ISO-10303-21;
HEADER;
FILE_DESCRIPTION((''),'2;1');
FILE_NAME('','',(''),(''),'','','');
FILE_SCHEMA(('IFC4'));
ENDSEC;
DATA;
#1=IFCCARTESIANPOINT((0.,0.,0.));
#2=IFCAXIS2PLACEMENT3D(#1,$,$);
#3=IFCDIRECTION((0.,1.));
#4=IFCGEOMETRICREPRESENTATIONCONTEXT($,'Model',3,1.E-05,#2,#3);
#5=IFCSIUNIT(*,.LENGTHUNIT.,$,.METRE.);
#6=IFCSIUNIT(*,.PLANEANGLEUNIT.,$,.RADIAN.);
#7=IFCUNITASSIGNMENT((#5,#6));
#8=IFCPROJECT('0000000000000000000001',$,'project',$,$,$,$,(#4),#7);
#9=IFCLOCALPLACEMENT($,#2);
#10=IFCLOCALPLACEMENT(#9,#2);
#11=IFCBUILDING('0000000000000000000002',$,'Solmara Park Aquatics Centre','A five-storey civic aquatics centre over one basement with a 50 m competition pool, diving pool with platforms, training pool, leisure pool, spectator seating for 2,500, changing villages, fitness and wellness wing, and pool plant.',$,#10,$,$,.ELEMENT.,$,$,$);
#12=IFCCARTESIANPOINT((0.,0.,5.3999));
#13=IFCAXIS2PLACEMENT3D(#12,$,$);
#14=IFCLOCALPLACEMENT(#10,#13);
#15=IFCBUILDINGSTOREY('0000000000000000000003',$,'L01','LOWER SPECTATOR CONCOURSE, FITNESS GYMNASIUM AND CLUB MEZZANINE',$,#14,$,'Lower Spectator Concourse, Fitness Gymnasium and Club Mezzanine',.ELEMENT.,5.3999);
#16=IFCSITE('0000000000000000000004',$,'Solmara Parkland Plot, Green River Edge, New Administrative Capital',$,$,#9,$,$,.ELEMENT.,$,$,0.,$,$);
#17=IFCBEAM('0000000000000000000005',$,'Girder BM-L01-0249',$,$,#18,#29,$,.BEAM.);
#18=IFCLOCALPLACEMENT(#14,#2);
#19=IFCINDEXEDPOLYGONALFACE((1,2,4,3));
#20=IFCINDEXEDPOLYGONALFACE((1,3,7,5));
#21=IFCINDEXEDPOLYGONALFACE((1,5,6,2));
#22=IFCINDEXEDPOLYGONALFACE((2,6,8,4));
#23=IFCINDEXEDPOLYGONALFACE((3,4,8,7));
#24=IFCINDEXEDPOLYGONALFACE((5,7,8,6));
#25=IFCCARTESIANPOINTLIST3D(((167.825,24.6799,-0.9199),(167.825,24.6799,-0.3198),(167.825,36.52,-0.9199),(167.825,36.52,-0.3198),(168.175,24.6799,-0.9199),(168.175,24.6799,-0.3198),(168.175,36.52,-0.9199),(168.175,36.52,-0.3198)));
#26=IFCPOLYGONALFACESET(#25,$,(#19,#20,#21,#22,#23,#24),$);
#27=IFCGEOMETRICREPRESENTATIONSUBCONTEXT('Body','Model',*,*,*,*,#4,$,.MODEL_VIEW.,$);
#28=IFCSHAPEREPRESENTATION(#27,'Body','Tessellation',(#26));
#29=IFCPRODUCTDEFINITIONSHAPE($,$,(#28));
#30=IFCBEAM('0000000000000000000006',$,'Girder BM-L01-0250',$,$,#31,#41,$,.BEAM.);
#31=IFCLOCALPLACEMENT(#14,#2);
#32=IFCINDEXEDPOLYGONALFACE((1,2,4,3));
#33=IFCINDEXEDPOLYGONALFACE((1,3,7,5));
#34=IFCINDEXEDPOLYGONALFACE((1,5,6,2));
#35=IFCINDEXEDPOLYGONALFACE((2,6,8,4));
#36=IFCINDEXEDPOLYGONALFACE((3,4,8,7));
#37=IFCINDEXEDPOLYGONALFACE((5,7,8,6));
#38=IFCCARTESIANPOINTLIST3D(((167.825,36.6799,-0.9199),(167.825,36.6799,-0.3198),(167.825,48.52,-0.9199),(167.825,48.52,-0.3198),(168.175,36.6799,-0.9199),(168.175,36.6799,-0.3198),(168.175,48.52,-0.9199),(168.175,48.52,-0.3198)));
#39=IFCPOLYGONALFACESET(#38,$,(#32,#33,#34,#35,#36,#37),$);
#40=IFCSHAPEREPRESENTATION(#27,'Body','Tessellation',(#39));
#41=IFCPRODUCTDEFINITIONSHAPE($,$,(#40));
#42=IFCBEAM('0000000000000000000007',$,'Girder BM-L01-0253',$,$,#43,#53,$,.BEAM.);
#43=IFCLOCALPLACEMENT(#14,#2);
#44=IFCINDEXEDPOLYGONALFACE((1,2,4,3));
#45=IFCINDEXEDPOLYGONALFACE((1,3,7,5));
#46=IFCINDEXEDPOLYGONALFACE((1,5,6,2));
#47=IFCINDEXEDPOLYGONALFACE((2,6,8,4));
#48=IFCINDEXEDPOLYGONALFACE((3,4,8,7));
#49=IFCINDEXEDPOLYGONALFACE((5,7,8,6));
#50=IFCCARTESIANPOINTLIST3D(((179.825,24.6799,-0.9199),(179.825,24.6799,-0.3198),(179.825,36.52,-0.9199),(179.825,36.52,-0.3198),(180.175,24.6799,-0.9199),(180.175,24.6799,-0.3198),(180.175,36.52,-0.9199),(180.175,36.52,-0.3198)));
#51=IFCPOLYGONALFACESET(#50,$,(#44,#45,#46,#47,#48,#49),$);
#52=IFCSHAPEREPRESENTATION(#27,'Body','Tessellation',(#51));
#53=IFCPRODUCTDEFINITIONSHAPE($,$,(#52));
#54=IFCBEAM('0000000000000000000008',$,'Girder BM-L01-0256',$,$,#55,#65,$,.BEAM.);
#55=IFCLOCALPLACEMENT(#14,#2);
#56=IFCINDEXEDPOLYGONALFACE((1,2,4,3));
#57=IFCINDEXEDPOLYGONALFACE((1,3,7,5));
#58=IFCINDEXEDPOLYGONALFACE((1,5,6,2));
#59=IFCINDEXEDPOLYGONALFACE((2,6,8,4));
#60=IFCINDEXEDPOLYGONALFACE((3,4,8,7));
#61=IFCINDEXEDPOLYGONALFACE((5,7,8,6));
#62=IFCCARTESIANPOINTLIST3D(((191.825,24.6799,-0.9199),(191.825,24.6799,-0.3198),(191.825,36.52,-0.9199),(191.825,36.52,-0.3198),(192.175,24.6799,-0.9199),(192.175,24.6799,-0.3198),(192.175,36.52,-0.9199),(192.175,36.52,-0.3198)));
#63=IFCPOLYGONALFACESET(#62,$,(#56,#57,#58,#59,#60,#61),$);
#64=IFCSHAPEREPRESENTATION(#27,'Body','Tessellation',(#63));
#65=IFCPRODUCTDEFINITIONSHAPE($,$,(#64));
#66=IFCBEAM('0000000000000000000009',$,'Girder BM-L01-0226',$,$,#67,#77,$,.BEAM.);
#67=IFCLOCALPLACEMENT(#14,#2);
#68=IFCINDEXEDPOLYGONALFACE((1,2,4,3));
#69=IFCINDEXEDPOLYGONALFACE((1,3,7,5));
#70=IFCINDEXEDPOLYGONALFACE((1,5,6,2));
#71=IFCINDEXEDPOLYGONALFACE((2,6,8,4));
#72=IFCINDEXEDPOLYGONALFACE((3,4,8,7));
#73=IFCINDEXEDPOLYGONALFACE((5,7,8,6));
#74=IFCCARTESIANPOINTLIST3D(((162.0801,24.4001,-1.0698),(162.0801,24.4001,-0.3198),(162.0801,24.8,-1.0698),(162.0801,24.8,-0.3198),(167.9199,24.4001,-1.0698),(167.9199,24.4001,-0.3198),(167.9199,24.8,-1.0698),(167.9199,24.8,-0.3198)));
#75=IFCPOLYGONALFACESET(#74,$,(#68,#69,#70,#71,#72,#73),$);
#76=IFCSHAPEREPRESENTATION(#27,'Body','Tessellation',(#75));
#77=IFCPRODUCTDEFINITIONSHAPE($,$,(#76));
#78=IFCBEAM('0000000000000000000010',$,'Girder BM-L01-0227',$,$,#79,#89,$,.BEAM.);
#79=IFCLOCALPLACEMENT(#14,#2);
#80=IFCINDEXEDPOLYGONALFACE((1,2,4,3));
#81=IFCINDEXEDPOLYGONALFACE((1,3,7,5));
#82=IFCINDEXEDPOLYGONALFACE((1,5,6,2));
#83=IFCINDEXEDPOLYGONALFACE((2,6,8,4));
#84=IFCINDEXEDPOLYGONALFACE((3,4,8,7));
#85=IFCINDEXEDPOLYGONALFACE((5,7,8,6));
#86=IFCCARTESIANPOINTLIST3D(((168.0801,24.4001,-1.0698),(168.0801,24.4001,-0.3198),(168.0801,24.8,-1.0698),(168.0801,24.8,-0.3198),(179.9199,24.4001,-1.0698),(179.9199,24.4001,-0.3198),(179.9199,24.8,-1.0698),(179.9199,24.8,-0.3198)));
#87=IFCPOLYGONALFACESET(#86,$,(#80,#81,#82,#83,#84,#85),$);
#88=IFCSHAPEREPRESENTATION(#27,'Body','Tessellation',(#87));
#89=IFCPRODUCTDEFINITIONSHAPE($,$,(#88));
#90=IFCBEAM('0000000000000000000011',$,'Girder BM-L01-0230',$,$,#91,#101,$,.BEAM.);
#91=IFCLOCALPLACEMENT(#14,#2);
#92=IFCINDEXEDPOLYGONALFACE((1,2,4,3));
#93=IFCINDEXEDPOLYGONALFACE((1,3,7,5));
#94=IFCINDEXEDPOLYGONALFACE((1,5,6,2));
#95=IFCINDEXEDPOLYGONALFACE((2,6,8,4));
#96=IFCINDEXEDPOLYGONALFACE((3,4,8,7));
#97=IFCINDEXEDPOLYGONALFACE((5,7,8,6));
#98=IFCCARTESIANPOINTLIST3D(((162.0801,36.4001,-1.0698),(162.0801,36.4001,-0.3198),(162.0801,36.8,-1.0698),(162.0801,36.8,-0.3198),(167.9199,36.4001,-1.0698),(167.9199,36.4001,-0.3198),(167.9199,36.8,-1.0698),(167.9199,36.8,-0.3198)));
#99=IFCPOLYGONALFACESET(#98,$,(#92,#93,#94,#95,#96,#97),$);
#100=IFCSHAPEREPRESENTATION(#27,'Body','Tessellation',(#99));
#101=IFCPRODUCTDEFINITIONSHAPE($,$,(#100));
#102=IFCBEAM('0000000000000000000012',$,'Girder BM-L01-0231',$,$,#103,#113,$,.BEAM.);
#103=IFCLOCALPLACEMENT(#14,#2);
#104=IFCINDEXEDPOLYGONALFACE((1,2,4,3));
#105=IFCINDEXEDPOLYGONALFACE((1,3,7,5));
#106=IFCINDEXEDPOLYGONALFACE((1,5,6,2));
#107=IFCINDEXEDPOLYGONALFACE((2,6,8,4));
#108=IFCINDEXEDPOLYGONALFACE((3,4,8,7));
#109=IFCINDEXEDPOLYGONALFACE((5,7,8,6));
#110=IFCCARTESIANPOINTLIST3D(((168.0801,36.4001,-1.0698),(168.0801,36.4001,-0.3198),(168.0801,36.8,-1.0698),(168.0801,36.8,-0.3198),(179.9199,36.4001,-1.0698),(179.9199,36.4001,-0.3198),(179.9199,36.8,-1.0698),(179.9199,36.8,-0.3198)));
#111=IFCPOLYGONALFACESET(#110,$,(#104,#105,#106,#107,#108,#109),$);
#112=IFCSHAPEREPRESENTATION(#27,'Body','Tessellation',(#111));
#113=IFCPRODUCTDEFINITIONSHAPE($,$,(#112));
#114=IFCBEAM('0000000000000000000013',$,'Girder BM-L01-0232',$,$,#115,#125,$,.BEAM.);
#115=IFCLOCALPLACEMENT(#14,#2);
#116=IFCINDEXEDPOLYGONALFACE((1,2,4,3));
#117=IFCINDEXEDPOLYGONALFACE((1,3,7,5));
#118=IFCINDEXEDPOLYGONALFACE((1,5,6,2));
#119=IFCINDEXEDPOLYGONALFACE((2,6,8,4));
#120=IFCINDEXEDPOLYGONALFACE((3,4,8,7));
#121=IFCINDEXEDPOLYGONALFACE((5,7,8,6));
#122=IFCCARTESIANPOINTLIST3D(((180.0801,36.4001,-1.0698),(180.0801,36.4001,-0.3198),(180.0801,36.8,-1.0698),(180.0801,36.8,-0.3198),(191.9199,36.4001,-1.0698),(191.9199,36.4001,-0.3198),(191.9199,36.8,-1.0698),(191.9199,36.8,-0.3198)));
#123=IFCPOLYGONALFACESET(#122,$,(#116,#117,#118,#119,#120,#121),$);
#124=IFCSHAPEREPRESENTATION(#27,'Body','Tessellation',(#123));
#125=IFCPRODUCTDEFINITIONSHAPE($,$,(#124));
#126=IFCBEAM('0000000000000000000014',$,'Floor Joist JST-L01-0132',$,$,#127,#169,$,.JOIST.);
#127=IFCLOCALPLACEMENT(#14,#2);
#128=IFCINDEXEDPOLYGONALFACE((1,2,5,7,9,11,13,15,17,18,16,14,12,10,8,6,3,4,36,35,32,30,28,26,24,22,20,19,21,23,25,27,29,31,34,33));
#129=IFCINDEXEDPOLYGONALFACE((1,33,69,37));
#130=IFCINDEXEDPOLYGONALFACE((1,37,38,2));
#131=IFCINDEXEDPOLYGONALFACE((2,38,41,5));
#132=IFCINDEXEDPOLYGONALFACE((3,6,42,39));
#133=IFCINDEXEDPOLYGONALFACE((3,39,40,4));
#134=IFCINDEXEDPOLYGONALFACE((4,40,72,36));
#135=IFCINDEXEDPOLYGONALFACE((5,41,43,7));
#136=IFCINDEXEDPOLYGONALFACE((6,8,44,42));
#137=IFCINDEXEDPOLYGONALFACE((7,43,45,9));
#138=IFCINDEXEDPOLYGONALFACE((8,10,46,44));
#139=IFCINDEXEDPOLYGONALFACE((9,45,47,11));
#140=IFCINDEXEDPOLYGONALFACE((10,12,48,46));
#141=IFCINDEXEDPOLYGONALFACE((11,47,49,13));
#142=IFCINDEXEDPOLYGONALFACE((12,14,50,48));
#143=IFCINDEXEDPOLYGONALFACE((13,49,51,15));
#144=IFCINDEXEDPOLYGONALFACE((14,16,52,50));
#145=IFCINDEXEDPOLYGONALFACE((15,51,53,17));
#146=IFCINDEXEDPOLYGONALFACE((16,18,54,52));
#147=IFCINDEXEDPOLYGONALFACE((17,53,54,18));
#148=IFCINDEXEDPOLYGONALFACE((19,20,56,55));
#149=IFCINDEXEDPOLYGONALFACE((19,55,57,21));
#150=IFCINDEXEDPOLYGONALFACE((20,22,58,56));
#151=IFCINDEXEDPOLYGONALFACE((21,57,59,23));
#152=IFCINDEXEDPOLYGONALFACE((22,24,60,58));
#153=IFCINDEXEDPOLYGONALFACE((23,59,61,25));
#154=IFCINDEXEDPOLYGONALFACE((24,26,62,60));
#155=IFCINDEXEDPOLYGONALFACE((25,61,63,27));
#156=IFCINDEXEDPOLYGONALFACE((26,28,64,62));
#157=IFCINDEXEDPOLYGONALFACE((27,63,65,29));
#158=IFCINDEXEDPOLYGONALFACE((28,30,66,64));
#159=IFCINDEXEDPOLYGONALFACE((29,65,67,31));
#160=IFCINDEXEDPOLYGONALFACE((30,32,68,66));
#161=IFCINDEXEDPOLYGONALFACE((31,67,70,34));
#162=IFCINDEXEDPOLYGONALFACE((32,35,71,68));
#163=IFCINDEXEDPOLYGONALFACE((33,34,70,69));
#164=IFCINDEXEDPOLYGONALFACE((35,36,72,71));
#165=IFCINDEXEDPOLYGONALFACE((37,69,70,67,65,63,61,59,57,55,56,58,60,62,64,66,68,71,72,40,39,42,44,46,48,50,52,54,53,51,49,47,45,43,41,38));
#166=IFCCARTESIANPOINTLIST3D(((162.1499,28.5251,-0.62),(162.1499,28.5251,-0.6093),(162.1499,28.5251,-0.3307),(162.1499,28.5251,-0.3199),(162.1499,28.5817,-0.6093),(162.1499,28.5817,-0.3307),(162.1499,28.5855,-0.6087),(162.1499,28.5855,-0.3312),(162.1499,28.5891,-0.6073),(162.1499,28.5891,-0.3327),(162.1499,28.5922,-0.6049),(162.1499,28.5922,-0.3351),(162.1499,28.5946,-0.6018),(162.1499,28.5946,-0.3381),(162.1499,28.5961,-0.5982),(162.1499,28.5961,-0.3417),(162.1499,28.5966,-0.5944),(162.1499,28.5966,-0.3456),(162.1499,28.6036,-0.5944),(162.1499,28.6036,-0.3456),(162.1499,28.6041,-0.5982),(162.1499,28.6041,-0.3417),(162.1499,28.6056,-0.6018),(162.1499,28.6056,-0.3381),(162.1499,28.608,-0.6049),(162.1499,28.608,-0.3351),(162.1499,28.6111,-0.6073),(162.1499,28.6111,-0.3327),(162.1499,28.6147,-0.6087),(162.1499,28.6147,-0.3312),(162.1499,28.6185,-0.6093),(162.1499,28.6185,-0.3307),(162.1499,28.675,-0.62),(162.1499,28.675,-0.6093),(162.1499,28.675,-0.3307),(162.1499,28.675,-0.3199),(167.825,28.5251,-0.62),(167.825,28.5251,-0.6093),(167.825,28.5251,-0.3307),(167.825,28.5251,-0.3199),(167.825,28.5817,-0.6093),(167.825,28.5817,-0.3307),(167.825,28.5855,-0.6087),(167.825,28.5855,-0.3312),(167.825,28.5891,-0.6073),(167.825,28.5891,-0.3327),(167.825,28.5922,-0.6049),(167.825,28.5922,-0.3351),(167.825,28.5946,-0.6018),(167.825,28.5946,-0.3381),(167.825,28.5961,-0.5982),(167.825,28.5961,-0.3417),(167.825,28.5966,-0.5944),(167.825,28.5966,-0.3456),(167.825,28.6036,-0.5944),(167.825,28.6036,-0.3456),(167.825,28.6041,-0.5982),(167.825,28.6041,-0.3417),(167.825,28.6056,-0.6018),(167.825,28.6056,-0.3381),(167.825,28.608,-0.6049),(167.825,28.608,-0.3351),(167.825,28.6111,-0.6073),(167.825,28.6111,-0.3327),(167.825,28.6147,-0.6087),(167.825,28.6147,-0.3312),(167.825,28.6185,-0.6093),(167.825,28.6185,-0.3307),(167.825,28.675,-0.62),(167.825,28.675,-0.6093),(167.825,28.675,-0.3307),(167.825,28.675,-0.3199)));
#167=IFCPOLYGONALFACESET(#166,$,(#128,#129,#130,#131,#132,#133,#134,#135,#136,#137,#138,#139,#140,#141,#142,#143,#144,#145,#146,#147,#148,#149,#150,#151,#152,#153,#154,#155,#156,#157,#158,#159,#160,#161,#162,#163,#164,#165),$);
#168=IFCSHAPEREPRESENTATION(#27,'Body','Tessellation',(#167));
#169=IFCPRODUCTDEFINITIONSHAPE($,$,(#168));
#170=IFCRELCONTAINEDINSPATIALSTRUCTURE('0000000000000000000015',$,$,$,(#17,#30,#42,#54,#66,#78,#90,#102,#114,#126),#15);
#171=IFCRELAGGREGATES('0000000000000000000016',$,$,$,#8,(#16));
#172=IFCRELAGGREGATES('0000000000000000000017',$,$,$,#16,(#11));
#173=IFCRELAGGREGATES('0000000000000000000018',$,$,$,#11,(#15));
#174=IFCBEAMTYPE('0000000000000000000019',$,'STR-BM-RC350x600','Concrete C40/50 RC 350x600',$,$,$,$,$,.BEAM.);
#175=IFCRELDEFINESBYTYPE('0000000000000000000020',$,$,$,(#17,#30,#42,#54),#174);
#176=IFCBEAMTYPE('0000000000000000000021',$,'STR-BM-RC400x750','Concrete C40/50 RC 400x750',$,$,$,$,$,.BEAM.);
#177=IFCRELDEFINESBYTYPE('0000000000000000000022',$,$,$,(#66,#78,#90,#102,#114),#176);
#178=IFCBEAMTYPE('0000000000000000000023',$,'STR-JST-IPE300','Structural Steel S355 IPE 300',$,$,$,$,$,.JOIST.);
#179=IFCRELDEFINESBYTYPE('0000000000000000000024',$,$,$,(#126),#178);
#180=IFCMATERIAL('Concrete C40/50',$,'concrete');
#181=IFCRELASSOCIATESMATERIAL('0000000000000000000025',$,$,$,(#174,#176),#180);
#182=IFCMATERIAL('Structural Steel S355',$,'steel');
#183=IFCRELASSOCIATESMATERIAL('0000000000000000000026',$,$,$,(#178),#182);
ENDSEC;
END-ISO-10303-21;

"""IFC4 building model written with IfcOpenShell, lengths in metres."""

from ifc_helpers import new_model, si_unit, direction, frame, origin, origin_2d, place, context, subcontext, project, spatial, rectangle, i_section, extrude, material, material_profile, profile_set, type_object, element, save


model = new_model("IFC4")

# Units and contexts
model_context = context("Model", 3, precision=1e-05, world=origin(), true_north=direction((0.0, 1.0)))
body_context = subcontext(model_context, "Body", "Model", "MODEL_VIEW")
ifc_project = project(units=[si_unit("LENGTHUNIT", "METRE"), si_unit("PLANEANGLEUNIT", "RADIAN")], contexts=[model_context])

# Site, building, storey
site_placement = place(None, origin())
site = spatial("IfcSite", under=ifc_project, at=site_placement, Name="Solmara Parkland Plot, Green River Edge, New Administrative Capital", CompositionType="ELEMENT", RefElevation=0.0)
building_placement = place(site_placement, origin())
building = spatial("IfcBuilding", under=site, at=building_placement, Name="Solmara Park Aquatics Centre", Description="A five-storey civic aquatics centre over one basement with a 50 m competition pool, diving pool with platforms, training pool, leisure pool, spectator seating for 2,500, changing villages, fitness and wellness wing, and pool plant.", CompositionType="ELEMENT")
storey_placement = place(building_placement, frame((0.0, 0.0, 5.3999)))
storey = spatial("IfcBuildingStorey", under=building, at=storey_placement, Name="L01", Description="LOWER SPECTATOR CONCOURSE, FITNESS GYMNASIUM AND CLUB MEZZANINE", LongName="Lower Spectator Concourse, Fitness Gymnasium and Club Mezzanine", CompositionType="ELEMENT", Elevation=5.3999)

# Shared definitions
ifc_material_1 = material(Name="Concrete C40/50", Category="concrete")
ifc_material_2 = material(Name="Structural Steel S355", Category="steel")

# Beams
ifc_material_profile_1 = material_profile(ifc_material_1, rectangle(XDim=0.3501, YDim=0.6001, at=origin_2d()), Name="RC 350x600")
ifc_profile_set_1 = profile_set([ifc_material_profile_1], Name="Concrete C40/50")
beam_type_1 = type_object("IfcBeamType", Name="STR-BM-RC350x600", Description="Concrete C40/50 RC 350x600", PredefinedType="BEAM", material=ifc_profile_set_1)
for number, where, z_axis, x_axis, name in (
    (1, (168.0, 24.6799, -0.6199), (0.0, 1.0, 0.0), (-1.0, 0.0, 0.0), "Girder BM-L01-0249"),
    (2, (168.0, 36.6799, -0.6199), (0.0, 1.0, 0.0), (-1.0, 0.0, 0.0), "Girder BM-L01-0250"),
    (3, (180.0, 24.6799, -0.6199), (0.0, 1.0, 0.0), (-1.0, 0.0, 0.0), "Girder BM-L01-0253"),
    (4, (192.0, 24.6799, -0.6199), (0.0, 1.0, 0.0), (-1.0, 0.0, 0.0), "Girder BM-L01-0256"),
):
    element("IfcBeam", number, at=place(storey_placement, frame(where, z_axis=z_axis, x_axis=x_axis)), inside=storey, type_object=beam_type_1, Name=name, PredefinedType="BEAM", context=body_context, shape_type="SweptSolid", body=[
        extrude(rectangle(XDim=0.3501, YDim=0.6001, at=origin_2d()), origin(), (0.0, 0.0, 1.0), 11.8401),
    ])
ifc_material_profile_2 = material_profile(ifc_material_1, rectangle(XDim=0.3999, YDim=0.75, at=origin_2d()), Name="RC 400x750")
ifc_profile_set_2 = profile_set([ifc_material_profile_2], Name="Concrete C40/50")
beam_type_2 = type_object("IfcBeamType", Name="STR-BM-RC400x750", Description="Concrete C40/50 RC 400x750", PredefinedType="BEAM", material=ifc_profile_set_2)
beam_1_placement = place(storey_placement, frame((162.0801, 24.6001, -0.6948), z_axis=(1.0, 0.0, 0.0), x_axis=(0.0, 1.0, 0.0)))
element("IfcBeam", 5, at=beam_1_placement, inside=storey, type_object=beam_type_2, Name="Girder BM-L01-0226", PredefinedType="BEAM", context=body_context, shape_type="SweptSolid", body=[
    extrude(rectangle(XDim=0.3999, YDim=0.75, at=origin_2d()), origin(), (0.0, 0.0, 1.0), 5.8398),
])
beam_2_placement = place(storey_placement, frame((168.0801, 24.6001, -0.6948), z_axis=(1.0, 0.0, 0.0), x_axis=(0.0, 1.0, 0.0)))
element("IfcBeam", 6, at=beam_2_placement, inside=storey, type_object=beam_type_2, Name="Girder BM-L01-0227", PredefinedType="BEAM", context=body_context, shape_type="SweptSolid", body=[
    extrude(rectangle(XDim=0.3999, YDim=0.75, at=origin_2d()), origin(), (0.0, 0.0, 1.0), 11.8398),
])
beam_3_placement = place(storey_placement, frame((162.0801, 36.6001, -0.6948), z_axis=(1.0, 0.0, 0.0), x_axis=(0.0, 1.0, 0.0)))
element("IfcBeam", 7, at=beam_3_placement, inside=storey, type_object=beam_type_2, Name="Girder BM-L01-0230", PredefinedType="BEAM", context=body_context, shape_type="SweptSolid", body=[
    extrude(rectangle(XDim=0.3999, YDim=0.75, at=origin_2d()), origin(), (0.0, 0.0, 1.0), 5.8398),
])
for number, where, z_axis, x_axis, name in (
    (8, (168.0801, 36.6001, -0.6948), (1.0, 0.0, 0.0), (0.0, 1.0, 0.0), "Girder BM-L01-0231"),
    (9, (180.0801, 36.6001, -0.6948), (1.0, 0.0, 0.0), (0.0, 1.0, 0.0), "Girder BM-L01-0232"),
):
    element("IfcBeam", number, at=place(storey_placement, frame(where, z_axis=z_axis, x_axis=x_axis)), inside=storey, type_object=beam_type_2, Name=name, PredefinedType="BEAM", context=body_context, shape_type="SweptSolid", body=[
        extrude(rectangle(XDim=0.3999, YDim=0.75, at=origin_2d()), origin(), (0.0, 0.0, 1.0), 11.8398),
    ])
ifc_material_profile_3 = material_profile(ifc_material_2, i_section(OverallWidth=0.1499, OverallDepth=0.3, WebThickness=0.0071, FlangeThickness=0.0107, FilletRadius=0.0149, at=origin_2d()), Name="IPE 300")
ifc_profile_set_3 = profile_set([ifc_material_profile_3], Name="Structural Steel S355")
beam_type_3 = type_object("IfcBeamType", Name="STR-JST-IPE300", Description="Structural Steel S355 IPE 300", PredefinedType="JOIST", material=ifc_profile_set_3)
for number, where, z_axis, x_axis, name in (
    (10, (162.1499, 28.6001, -0.47), (1.0, 0.0, 0.0), (0.0, 1.0, 0.0), "Floor Joist JST-L01-0132"),
):
    element("IfcBeam", number, at=place(storey_placement, frame(where, z_axis=z_axis, x_axis=x_axis)), inside=storey, type_object=beam_type_3, Name=name, PredefinedType="JOIST", context=body_context, shape_type="SweptSolid", body=[
        extrude(i_section(OverallWidth=0.1499, OverallDepth=0.3, WebThickness=0.0071, FlangeThickness=0.0107, FilletRadius=0.0149, at=origin_2d()), origin(), (0.0, 0.0, 1.0), 5.675),
    ])

save(model, "model.ifc")
